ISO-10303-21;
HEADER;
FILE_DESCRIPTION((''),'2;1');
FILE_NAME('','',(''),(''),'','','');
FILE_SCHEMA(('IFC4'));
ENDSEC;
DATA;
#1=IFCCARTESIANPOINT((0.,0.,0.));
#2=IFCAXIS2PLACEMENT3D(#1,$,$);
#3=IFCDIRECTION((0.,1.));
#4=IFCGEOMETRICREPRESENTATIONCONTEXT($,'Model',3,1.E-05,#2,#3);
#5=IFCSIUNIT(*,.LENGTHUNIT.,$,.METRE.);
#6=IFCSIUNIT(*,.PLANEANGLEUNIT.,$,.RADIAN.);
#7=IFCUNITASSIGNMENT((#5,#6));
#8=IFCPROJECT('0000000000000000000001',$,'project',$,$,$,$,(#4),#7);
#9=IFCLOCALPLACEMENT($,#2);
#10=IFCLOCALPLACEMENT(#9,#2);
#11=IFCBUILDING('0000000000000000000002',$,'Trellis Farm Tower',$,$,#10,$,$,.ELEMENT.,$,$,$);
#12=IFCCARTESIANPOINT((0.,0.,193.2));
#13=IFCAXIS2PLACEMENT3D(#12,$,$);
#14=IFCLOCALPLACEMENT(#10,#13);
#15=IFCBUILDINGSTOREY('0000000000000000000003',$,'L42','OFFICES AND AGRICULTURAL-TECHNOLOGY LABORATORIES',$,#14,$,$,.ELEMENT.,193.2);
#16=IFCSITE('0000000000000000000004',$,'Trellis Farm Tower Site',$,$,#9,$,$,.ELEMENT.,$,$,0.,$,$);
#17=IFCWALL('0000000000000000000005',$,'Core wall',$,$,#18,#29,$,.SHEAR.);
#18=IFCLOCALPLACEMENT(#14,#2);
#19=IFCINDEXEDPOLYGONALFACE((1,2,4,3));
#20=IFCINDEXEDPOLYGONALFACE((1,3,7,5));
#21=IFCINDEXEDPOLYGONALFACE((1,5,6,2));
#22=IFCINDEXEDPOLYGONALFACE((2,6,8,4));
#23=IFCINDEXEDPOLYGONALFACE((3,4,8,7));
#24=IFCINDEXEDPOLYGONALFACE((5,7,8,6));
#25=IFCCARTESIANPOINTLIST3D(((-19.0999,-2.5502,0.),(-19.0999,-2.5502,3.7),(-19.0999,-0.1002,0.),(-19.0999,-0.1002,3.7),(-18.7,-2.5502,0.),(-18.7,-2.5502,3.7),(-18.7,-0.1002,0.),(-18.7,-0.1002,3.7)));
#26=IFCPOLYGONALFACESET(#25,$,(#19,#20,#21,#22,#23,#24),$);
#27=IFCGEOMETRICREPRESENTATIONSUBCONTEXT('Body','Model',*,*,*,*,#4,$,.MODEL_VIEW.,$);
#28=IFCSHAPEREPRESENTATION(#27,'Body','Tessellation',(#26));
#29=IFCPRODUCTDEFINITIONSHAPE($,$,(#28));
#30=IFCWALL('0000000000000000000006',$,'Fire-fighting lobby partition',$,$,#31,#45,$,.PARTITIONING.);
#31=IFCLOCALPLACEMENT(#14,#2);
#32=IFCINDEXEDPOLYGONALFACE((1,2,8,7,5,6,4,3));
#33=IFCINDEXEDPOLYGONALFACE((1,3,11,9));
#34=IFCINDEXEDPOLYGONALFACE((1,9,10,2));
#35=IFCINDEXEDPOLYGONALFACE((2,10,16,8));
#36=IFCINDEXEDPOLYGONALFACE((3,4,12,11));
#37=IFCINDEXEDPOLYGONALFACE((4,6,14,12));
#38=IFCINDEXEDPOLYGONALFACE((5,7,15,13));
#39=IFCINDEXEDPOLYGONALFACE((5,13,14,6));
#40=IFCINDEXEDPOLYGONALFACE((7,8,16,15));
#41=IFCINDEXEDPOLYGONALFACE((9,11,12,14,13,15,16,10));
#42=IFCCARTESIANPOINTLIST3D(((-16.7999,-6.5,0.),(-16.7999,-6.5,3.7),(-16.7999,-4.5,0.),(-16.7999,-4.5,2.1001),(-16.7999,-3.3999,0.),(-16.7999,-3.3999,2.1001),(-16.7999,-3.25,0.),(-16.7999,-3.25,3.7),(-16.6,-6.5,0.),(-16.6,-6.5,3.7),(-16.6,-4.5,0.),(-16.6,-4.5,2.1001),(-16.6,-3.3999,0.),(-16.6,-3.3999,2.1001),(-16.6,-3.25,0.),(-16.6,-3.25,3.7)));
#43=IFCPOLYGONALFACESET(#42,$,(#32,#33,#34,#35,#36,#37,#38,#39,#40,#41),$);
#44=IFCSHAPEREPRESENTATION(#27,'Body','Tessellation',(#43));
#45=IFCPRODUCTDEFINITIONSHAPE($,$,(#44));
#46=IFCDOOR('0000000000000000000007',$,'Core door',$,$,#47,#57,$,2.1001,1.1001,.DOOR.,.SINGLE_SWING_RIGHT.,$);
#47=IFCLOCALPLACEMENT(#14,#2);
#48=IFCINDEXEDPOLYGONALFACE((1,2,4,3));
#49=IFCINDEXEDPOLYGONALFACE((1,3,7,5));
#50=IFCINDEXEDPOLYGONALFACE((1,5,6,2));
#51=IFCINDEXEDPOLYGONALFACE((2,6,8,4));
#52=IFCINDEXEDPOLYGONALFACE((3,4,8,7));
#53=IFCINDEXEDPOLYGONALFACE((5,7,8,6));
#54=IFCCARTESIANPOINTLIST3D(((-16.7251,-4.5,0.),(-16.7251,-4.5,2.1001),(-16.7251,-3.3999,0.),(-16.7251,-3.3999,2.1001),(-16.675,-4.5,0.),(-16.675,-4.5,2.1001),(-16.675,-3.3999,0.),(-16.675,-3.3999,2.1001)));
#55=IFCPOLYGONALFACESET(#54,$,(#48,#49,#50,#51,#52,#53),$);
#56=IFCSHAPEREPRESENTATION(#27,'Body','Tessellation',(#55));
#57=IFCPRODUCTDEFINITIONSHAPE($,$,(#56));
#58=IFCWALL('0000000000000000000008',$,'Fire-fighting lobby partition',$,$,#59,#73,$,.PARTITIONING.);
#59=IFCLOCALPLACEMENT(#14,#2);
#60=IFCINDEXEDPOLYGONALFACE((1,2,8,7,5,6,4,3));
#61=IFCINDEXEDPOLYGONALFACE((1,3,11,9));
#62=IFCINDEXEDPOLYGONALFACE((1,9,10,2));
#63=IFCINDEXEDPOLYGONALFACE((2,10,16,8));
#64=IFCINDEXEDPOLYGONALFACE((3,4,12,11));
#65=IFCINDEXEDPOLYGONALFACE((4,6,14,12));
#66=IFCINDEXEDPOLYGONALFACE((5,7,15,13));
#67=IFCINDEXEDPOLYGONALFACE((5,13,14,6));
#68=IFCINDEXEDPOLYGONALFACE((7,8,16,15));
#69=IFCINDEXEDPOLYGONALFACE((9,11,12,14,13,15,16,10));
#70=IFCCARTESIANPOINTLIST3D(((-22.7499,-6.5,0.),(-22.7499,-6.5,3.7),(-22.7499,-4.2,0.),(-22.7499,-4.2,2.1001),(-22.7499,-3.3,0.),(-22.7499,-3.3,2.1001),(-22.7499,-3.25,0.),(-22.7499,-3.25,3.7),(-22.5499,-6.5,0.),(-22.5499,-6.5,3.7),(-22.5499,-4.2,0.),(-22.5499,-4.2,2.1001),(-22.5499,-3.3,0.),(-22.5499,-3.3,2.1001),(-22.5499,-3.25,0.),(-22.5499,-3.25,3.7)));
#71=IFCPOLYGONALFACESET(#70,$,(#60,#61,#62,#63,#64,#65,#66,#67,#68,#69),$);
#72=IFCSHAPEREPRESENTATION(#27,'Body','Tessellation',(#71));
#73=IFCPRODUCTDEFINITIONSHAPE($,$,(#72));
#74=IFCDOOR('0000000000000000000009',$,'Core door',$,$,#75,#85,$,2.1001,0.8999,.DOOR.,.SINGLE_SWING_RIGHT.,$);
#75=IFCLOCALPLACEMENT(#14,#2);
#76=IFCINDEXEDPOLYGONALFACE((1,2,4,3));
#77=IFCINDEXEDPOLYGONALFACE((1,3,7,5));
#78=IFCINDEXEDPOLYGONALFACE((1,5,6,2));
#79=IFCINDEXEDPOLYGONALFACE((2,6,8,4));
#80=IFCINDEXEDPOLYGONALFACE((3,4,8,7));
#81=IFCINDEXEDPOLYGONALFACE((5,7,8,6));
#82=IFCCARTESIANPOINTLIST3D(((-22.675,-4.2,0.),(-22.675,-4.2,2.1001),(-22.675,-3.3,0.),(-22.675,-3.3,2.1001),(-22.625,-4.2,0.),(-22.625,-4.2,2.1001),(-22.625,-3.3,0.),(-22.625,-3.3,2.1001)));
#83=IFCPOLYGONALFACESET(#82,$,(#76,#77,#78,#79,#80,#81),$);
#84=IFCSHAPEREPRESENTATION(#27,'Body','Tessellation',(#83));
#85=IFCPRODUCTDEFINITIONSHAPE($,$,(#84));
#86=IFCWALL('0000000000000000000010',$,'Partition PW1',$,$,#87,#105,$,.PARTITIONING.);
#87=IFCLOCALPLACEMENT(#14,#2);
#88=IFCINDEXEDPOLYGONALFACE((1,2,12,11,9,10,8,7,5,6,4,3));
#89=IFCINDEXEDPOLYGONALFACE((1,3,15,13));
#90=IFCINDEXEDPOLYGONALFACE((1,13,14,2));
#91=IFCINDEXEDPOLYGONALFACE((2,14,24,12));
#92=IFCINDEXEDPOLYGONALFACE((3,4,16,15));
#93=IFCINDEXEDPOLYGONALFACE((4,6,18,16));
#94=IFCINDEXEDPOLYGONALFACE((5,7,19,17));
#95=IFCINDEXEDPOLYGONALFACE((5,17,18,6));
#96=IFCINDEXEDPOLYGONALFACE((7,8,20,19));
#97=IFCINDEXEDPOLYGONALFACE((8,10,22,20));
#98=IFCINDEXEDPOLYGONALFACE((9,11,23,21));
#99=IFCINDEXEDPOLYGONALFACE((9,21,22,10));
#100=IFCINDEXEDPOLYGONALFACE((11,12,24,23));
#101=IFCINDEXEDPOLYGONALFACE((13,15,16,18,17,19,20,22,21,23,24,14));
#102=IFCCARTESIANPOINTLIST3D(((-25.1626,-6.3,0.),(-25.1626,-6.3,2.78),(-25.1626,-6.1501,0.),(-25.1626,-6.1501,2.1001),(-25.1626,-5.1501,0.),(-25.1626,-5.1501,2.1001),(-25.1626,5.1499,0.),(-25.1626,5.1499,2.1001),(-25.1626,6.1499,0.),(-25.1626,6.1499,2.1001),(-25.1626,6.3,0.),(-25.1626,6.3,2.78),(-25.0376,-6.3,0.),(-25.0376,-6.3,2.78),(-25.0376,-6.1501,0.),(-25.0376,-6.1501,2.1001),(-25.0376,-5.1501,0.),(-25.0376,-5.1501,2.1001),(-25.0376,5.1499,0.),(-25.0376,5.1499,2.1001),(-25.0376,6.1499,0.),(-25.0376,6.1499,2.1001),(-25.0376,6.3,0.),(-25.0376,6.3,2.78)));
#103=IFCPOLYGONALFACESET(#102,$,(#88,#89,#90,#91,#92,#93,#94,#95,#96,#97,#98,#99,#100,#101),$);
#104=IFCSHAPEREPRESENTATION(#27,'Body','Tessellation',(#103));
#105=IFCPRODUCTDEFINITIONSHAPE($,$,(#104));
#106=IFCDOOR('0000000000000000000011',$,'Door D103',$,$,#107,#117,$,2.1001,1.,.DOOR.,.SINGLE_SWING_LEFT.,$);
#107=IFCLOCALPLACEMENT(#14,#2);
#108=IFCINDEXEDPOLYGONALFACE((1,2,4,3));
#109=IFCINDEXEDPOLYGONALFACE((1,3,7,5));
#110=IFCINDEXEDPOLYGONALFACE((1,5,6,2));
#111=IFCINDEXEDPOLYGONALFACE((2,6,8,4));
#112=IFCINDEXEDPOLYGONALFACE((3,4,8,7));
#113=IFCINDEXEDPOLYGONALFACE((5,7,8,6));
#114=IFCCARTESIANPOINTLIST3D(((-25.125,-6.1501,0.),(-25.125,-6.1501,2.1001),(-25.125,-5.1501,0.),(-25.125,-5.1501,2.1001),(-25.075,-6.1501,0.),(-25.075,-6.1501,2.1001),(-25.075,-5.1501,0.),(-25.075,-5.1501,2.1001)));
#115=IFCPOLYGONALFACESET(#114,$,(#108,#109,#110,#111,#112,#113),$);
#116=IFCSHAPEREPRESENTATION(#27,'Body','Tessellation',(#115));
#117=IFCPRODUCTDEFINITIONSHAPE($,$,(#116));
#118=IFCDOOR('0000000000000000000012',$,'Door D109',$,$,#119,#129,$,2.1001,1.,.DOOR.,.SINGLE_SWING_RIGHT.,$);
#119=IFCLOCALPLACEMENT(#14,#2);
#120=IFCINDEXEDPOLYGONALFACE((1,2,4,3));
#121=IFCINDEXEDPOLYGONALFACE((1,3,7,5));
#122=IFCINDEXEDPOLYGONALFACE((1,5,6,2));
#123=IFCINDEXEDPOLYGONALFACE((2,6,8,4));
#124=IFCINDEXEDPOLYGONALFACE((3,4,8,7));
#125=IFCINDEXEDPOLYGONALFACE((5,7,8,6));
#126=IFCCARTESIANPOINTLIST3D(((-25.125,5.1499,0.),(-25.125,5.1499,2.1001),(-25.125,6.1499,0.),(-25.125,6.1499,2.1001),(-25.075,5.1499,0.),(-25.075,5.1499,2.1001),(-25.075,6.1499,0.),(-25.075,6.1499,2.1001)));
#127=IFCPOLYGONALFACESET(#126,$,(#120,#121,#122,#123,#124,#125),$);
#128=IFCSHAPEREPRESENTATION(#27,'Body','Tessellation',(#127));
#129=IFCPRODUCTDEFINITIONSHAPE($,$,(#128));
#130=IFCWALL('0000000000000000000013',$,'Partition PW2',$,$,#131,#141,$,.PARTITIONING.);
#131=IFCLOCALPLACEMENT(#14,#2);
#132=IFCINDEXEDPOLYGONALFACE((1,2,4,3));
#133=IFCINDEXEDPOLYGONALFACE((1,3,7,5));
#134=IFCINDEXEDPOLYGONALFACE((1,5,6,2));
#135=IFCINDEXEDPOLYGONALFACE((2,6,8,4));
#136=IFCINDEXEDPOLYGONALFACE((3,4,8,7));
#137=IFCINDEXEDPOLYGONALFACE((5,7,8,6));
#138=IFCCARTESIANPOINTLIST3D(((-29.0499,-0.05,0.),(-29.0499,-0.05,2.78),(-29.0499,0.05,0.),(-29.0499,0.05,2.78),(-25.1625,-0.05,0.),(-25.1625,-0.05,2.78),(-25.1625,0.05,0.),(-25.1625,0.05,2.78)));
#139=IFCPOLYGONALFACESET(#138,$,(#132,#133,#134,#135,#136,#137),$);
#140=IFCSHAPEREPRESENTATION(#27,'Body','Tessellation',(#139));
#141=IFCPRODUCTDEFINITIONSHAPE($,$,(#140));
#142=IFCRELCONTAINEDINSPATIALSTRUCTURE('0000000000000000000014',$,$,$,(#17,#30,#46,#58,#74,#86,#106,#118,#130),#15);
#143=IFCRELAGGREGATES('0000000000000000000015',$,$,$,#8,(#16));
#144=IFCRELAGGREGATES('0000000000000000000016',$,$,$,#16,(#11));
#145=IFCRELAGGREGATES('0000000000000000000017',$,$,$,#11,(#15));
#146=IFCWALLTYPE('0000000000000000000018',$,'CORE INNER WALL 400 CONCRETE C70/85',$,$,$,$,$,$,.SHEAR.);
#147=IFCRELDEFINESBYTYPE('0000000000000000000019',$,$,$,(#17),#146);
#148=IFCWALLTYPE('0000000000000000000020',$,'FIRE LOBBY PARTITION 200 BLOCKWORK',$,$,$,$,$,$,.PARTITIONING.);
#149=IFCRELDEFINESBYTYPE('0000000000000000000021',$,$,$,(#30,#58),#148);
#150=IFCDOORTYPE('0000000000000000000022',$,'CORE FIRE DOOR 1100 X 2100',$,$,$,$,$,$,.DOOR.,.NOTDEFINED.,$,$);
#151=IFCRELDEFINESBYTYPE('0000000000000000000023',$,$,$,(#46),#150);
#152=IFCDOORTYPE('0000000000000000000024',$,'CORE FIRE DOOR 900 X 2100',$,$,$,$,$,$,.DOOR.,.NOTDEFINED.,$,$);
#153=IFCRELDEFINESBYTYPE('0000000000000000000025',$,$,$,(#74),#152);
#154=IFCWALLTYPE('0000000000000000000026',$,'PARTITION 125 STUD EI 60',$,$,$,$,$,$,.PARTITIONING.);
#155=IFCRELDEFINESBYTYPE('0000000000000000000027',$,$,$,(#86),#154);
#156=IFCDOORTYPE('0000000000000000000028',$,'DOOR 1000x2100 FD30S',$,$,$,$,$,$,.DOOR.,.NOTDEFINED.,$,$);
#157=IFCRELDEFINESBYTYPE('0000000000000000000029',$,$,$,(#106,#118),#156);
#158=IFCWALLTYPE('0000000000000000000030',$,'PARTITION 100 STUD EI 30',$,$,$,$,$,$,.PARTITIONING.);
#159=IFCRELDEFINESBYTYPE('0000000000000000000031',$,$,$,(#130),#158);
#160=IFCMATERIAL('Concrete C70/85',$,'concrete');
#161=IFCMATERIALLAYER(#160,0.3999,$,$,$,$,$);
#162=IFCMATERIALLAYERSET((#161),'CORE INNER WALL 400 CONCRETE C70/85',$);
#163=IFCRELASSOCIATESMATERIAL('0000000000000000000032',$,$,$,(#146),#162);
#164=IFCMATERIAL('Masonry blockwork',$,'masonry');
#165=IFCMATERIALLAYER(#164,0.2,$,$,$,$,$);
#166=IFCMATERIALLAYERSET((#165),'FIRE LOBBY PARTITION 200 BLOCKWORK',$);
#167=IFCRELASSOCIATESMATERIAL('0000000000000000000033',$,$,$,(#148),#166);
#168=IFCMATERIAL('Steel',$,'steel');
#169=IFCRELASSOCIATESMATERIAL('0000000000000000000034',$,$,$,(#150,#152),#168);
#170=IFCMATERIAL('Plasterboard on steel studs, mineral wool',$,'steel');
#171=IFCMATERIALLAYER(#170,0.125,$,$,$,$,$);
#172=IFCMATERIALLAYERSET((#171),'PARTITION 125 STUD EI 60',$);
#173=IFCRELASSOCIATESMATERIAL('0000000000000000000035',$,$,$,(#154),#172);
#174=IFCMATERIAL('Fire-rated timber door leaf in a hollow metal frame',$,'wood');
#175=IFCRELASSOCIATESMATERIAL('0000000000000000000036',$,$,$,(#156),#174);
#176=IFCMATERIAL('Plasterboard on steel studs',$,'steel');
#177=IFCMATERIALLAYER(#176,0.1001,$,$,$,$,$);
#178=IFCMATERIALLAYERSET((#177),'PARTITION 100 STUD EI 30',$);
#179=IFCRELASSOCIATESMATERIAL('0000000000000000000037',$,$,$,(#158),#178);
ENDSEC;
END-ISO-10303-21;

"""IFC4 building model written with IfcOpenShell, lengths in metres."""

from ifc_helpers import new_model, si_unit, direction, frame, frame_2d, origin, place, context, subcontext, project, spatial, rectangle, extrude, source, transform, mapped, material, layer, layer_set, type_object, element, fill, save


model = new_model("IFC4")

# Units and contexts
model_context = context("Model", 3, precision=1e-05, world=origin(), true_north=direction((0.0, 1.0)))
body_context = subcontext(model_context, "Body", "Model", "MODEL_VIEW")
ifc_project = project(units=[si_unit("LENGTHUNIT", "METRE"), si_unit("PLANEANGLEUNIT", "RADIAN")], contexts=[model_context])

# Site, building, storey
site_placement = place(None, origin())
site = spatial("IfcSite", under=ifc_project, at=site_placement, Name="Trellis Farm Tower Site", CompositionType="ELEMENT", RefElevation=0.0)
building_placement = place(site_placement, origin())
building = spatial("IfcBuilding", under=site, at=building_placement, Name="Trellis Farm Tower", CompositionType="ELEMENT")
storey_placement = place(building_placement, frame((0.0, 0.0, 193.2)))
storey = spatial("IfcBuildingStorey", under=building, at=storey_placement, Name="L42", Description="OFFICES AND AGRICULTURAL-TECHNOLOGY LABORATORIES", CompositionType="ELEMENT", Elevation=193.2)

# Shared definitions
ifc_material_1 = material(Name="Concrete C70/85", Category="concrete")

# Wall
ifc_layer_1 = layer(ifc_material_1, 0.3999)
ifc_layer_set_1 = layer_set([ifc_layer_1], Name="CORE INNER WALL 400 CONCRETE C70/85")
wall_type_1 = type_object("IfcWallType", Name="CORE INNER WALL 400 CONCRETE C70/85", PredefinedType="SHEAR", material=ifc_layer_set_1)
shared_shape_1 = source(origin(), body_context, "Body", "SweptSolid", [
    extrude(rectangle(XDim=2.45, YDim=0.3999, at=frame_2d((1.2251, 0.0))), origin(), (0.0, 0.0, 1.0), 3.7),
])
for number, where, z_axis, x_axis, name in (
    (1, (-18.8999, -0.1001, 0.0), (0.0, 0.0, 1.0), (0.0, -1.0, 0.0), "Core wall"),
):
    element("IfcWall", number, at=place(storey_placement, frame(where, z_axis=z_axis, x_axis=x_axis)), inside=storey, type_object=wall_type_1, Name=name, PredefinedType="SHEAR", context=body_context, shape_type="MappedRepresentation", body=[
        mapped(shared_shape_1, transform((0.0, 0.0, 0.0))),
    ])

# Walls, openings, doors
ifc_material_2 = material(Name="Masonry blockwork", Category="masonry")
ifc_layer_2 = layer(ifc_material_2, 0.2)
ifc_layer_set_2 = layer_set([ifc_layer_2], Name="FIRE LOBBY PARTITION 200 BLOCKWORK")
wall_type_2 = type_object("IfcWallType", Name="FIRE LOBBY PARTITION 200 BLOCKWORK", PredefinedType="PARTITIONING", material=ifc_layer_set_2)
shared_shape_2 = source(origin(), body_context, "Body", "SweptSolid", [
    extrude(rectangle(XDim=3.25, YDim=0.2, at=frame_2d((1.625, 0.0))), origin(), (0.0, 0.0, 1.0), 3.7),
])
wall_1_placement = place(storey_placement, frame((-16.7, -3.25, 0.0), z_axis=(0.0, 0.0, 1.0), x_axis=(0.0, -1.0, 0.0)))
wall_1 = element("IfcWall", 2, at=wall_1_placement, inside=storey, type_object=wall_type_2, Name="Fire-fighting lobby partition", PredefinedType="PARTITIONING", context=body_context, shape_type="MappedRepresentation", body=[
    mapped(shared_shape_2, transform((0.0, 0.0, 0.0))),
])
shared_shape_3 = source(origin(), body_context, "Body", "SweptSolid", [
    extrude(rectangle(XDim=1.1001, YDim=2.1001, at=frame_2d((0.55, 1.05))), frame((0.0, 0.1101, 0.0), z_axis=(0.0, -1.0, 0.0), x_axis=(1.0, 0.0, 0.0)), (0.0, 0.0, 1.0), 0.2202),
])
opening_1_placement = place(wall_1_placement, frame((0.1499, 0.0, 0.0)))
opening_1 = element("IfcOpeningElement", 3, at=opening_1_placement, cuts=wall_1, PredefinedType="OPENING", context=body_context, shape_type="MappedRepresentation", body=[
    mapped(shared_shape_3, transform((0.0, 0.0, 0.0))),
])
ifc_material_3 = material(Name="Steel", Category="steel")
door_type_1 = type_object("IfcDoorType", Name="CORE FIRE DOOR 1100 X 2100", OperationType="NOTDEFINED", PredefinedType="DOOR", material=ifc_material_3)
shared_shape_4 = source(origin(), body_context, "Body", "SweptSolid", [
    extrude(rectangle(XDim=1.1001, YDim=2.1001, at=frame_2d((0.55, 1.05))), frame((0.0, 0.0249, 0.0), z_axis=(0.0, -1.0, 0.0), x_axis=(1.0, 0.0, 0.0)), (0.0, 0.0, 1.0), 0.05),
])
door_1_placement = place(opening_1_placement, origin())
door_1 = element("IfcDoor", 4, at=door_1_placement, inside=storey, type_object=door_type_1, Name="Core door", OperationType="SINGLE_SWING_RIGHT", OverallHeight=2.1001, OverallWidth=1.1001, PredefinedType="DOOR", context=body_context, shape_type="MappedRepresentation", body=[
    mapped(shared_shape_4, transform((0.0, 0.0, 0.0))),
])
fill(opening_1, door_1)
wall_2_placement = place(storey_placement, frame((-22.6499, -3.25, 0.0), z_axis=(0.0, 0.0, 1.0), x_axis=(0.0, -1.0, 0.0)))
wall_2 = element("IfcWall", 5, at=wall_2_placement, inside=storey, type_object=wall_type_2, Name="Fire-fighting lobby partition", PredefinedType="PARTITIONING", context=body_context, shape_type="MappedRepresentation", body=[
    mapped(shared_shape_2, transform((0.0, 0.0, 0.0))),
])
shared_shape_5 = source(origin(), body_context, "Body", "SweptSolid", [
    extrude(rectangle(XDim=0.8999, YDim=2.1001, at=frame_2d((0.45, 1.05))), frame((0.0, 0.1101, 0.0), z_axis=(0.0, -1.0, 0.0), x_axis=(1.0, 0.0, 0.0)), (0.0, 0.0, 1.0), 0.2202),
])
opening_2_placement = place(wall_2_placement, frame((0.05, 0.0, 0.0)))
opening_2 = element("IfcOpeningElement", 6, at=opening_2_placement, cuts=wall_2, PredefinedType="OPENING", context=body_context, shape_type="MappedRepresentation", body=[
    mapped(shared_shape_5, transform((0.0, 0.0, 0.0))),
])
door_type_2 = type_object("IfcDoorType", Name="CORE FIRE DOOR 900 X 2100", OperationType="NOTDEFINED", PredefinedType="DOOR", material=ifc_material_3)
shared_shape_6 = source(origin(), body_context, "Body", "SweptSolid", [
    extrude(rectangle(XDim=0.8999, YDim=2.1001, at=frame_2d((0.45, 1.05))), frame((0.0, 0.0249, 0.0), z_axis=(0.0, -1.0, 0.0), x_axis=(1.0, 0.0, 0.0)), (0.0, 0.0, 1.0), 0.05),
])
door_2_placement = place(opening_2_placement, origin())
door_2 = element("IfcDoor", 7, at=door_2_placement, inside=storey, type_object=door_type_2, Name="Core door", OperationType="SINGLE_SWING_RIGHT", OverallHeight=2.1001, OverallWidth=0.8999, PredefinedType="DOOR", context=body_context, shape_type="MappedRepresentation", body=[
    mapped(shared_shape_6, transform((0.0, 0.0, 0.0))),
])
fill(opening_2, door_2)

# Wall, openings, doors
ifc_material_4 = material(Name="Plasterboard on steel studs, mineral wool", Category="steel")
ifc_layer_3 = layer(ifc_material_4, 0.125)
ifc_layer_set_3 = layer_set([ifc_layer_3], Name="PARTITION 125 STUD EI 60")
wall_type_3 = type_object("IfcWallType", Name="PARTITION 125 STUD EI 60", PredefinedType="PARTITIONING", material=ifc_layer_set_3)
shared_shape_7 = source(origin(), body_context, "Body", "SweptSolid", [
    extrude(rectangle(XDim=12.6001, YDim=0.125, at=frame_2d((6.3, 0.0))), origin(), (0.0, 0.0, 1.0), 2.78),
])
wall_3_placement = place(storey_placement, frame((-25.1001, -6.3, 0.0), z_axis=(0.0, 0.0, 1.0), x_axis=(0.0, 1.0, 0.0)))
wall_3 = element("IfcWall", 8, at=wall_3_placement, inside=storey, type_object=wall_type_3, Name="Partition PW1", PredefinedType="PARTITIONING", context=body_context, shape_type="MappedRepresentation", body=[
    mapped(shared_shape_7, transform((0.0, 0.0, 0.0))),
])
shared_shape_8 = source(origin(), body_context, "Body", "SweptSolid", [
    extrude(rectangle(XDim=1.0, YDim=2.1001, at=frame_2d((0.5, 1.05))), frame((0.0, 0.0725, 0.0), z_axis=(0.0, -1.0, 0.0), x_axis=(1.0, 0.0, 0.0)), (0.0, 0.0, 1.0), 0.145),
])
opening_3_placement = place(wall_3_placement, frame((0.1499, 0.0, 0.0)))
opening_3 = element("IfcOpeningElement", 9, at=opening_3_placement, cuts=wall_3, PredefinedType="OPENING", context=body_context, shape_type="MappedRepresentation", body=[
    mapped(shared_shape_8, transform((0.0, 0.0, 0.0))),
])
opening_4_placement = place(wall_3_placement, frame((11.45, 0.0, 0.0)))
opening_4 = element("IfcOpeningElement", 10, at=opening_4_placement, cuts=wall_3, PredefinedType="OPENING", context=body_context, shape_type="MappedRepresentation", body=[
    mapped(shared_shape_8, transform((0.0, 0.0, 0.0))),
])
ifc_material_5 = material(Name="Fire-rated timber door leaf in a hollow metal frame", Category="wood")
door_type_3 = type_object("IfcDoorType", Name="DOOR 1000x2100 FD30S", OperationType="NOTDEFINED", PredefinedType="DOOR", material=ifc_material_5)
shared_shape_9 = source(origin(), body_context, "Body", "SweptSolid", [
    extrude(rectangle(XDim=1.0, YDim=2.1001, at=frame_2d((0.5, 1.05))), frame((0.0, 0.0249, 0.0), z_axis=(0.0, -1.0, 0.0), x_axis=(1.0, 0.0, 0.0)), (0.0, 0.0, 1.0), 0.05),
])
door_3_placement = place(opening_3_placement, origin())
door_3 = element("IfcDoor", 11, at=door_3_placement, inside=storey, type_object=door_type_3, Name="Door D103", OperationType="SINGLE_SWING_LEFT", OverallHeight=2.1001, OverallWidth=1.0, PredefinedType="DOOR", context=body_context, shape_type="MappedRepresentation", body=[
    mapped(shared_shape_9, transform((0.0, 0.0, 0.0))),
])
fill(opening_3, door_3)
door_4_placement = place(opening_4_placement, origin())
door_4 = element("IfcDoor", 12, at=door_4_placement, inside=storey, type_object=door_type_3, Name="Door D109", OperationType="SINGLE_SWING_RIGHT", OverallHeight=2.1001, OverallWidth=1.0, PredefinedType="DOOR", context=body_context, shape_type="MappedRepresentation", body=[
    mapped(shared_shape_9, transform((0.0, 0.0, 0.0))),
])
fill(opening_4, door_4)

# Wall
ifc_material_6 = material(Name="Plasterboard on steel studs", Category="steel")
ifc_layer_4 = layer(ifc_material_6, 0.1001)
ifc_layer_set_4 = layer_set([ifc_layer_4], Name="PARTITION 100 STUD EI 30")
wall_type_4 = type_object("IfcWallType", Name="PARTITION 100 STUD EI 30", PredefinedType="PARTITIONING", material=ifc_layer_set_4)
shared_shape_10 = source(origin(), body_context, "Body", "SweptSolid", [
    extrude(rectangle(XDim=3.8875, YDim=0.1001, at=frame_2d((1.9438, 0.0))), origin(), (0.0, 0.0, 1.0), 2.78),
])
wall_4_placement = place(storey_placement, frame((-29.05, 0.0, 0.0), z_axis=(0.0, 0.0, 1.0), x_axis=(1.0, 0.0, 0.0)))
element("IfcWall", 13, at=wall_4_placement, inside=storey, type_object=wall_type_4, Name="Partition PW2", PredefinedType="PARTITIONING", context=body_context, shape_type="MappedRepresentation", body=[
    mapped(shared_shape_10, transform((0.0, 0.0, 0.0))),
])

save(model, "model.ifc")
